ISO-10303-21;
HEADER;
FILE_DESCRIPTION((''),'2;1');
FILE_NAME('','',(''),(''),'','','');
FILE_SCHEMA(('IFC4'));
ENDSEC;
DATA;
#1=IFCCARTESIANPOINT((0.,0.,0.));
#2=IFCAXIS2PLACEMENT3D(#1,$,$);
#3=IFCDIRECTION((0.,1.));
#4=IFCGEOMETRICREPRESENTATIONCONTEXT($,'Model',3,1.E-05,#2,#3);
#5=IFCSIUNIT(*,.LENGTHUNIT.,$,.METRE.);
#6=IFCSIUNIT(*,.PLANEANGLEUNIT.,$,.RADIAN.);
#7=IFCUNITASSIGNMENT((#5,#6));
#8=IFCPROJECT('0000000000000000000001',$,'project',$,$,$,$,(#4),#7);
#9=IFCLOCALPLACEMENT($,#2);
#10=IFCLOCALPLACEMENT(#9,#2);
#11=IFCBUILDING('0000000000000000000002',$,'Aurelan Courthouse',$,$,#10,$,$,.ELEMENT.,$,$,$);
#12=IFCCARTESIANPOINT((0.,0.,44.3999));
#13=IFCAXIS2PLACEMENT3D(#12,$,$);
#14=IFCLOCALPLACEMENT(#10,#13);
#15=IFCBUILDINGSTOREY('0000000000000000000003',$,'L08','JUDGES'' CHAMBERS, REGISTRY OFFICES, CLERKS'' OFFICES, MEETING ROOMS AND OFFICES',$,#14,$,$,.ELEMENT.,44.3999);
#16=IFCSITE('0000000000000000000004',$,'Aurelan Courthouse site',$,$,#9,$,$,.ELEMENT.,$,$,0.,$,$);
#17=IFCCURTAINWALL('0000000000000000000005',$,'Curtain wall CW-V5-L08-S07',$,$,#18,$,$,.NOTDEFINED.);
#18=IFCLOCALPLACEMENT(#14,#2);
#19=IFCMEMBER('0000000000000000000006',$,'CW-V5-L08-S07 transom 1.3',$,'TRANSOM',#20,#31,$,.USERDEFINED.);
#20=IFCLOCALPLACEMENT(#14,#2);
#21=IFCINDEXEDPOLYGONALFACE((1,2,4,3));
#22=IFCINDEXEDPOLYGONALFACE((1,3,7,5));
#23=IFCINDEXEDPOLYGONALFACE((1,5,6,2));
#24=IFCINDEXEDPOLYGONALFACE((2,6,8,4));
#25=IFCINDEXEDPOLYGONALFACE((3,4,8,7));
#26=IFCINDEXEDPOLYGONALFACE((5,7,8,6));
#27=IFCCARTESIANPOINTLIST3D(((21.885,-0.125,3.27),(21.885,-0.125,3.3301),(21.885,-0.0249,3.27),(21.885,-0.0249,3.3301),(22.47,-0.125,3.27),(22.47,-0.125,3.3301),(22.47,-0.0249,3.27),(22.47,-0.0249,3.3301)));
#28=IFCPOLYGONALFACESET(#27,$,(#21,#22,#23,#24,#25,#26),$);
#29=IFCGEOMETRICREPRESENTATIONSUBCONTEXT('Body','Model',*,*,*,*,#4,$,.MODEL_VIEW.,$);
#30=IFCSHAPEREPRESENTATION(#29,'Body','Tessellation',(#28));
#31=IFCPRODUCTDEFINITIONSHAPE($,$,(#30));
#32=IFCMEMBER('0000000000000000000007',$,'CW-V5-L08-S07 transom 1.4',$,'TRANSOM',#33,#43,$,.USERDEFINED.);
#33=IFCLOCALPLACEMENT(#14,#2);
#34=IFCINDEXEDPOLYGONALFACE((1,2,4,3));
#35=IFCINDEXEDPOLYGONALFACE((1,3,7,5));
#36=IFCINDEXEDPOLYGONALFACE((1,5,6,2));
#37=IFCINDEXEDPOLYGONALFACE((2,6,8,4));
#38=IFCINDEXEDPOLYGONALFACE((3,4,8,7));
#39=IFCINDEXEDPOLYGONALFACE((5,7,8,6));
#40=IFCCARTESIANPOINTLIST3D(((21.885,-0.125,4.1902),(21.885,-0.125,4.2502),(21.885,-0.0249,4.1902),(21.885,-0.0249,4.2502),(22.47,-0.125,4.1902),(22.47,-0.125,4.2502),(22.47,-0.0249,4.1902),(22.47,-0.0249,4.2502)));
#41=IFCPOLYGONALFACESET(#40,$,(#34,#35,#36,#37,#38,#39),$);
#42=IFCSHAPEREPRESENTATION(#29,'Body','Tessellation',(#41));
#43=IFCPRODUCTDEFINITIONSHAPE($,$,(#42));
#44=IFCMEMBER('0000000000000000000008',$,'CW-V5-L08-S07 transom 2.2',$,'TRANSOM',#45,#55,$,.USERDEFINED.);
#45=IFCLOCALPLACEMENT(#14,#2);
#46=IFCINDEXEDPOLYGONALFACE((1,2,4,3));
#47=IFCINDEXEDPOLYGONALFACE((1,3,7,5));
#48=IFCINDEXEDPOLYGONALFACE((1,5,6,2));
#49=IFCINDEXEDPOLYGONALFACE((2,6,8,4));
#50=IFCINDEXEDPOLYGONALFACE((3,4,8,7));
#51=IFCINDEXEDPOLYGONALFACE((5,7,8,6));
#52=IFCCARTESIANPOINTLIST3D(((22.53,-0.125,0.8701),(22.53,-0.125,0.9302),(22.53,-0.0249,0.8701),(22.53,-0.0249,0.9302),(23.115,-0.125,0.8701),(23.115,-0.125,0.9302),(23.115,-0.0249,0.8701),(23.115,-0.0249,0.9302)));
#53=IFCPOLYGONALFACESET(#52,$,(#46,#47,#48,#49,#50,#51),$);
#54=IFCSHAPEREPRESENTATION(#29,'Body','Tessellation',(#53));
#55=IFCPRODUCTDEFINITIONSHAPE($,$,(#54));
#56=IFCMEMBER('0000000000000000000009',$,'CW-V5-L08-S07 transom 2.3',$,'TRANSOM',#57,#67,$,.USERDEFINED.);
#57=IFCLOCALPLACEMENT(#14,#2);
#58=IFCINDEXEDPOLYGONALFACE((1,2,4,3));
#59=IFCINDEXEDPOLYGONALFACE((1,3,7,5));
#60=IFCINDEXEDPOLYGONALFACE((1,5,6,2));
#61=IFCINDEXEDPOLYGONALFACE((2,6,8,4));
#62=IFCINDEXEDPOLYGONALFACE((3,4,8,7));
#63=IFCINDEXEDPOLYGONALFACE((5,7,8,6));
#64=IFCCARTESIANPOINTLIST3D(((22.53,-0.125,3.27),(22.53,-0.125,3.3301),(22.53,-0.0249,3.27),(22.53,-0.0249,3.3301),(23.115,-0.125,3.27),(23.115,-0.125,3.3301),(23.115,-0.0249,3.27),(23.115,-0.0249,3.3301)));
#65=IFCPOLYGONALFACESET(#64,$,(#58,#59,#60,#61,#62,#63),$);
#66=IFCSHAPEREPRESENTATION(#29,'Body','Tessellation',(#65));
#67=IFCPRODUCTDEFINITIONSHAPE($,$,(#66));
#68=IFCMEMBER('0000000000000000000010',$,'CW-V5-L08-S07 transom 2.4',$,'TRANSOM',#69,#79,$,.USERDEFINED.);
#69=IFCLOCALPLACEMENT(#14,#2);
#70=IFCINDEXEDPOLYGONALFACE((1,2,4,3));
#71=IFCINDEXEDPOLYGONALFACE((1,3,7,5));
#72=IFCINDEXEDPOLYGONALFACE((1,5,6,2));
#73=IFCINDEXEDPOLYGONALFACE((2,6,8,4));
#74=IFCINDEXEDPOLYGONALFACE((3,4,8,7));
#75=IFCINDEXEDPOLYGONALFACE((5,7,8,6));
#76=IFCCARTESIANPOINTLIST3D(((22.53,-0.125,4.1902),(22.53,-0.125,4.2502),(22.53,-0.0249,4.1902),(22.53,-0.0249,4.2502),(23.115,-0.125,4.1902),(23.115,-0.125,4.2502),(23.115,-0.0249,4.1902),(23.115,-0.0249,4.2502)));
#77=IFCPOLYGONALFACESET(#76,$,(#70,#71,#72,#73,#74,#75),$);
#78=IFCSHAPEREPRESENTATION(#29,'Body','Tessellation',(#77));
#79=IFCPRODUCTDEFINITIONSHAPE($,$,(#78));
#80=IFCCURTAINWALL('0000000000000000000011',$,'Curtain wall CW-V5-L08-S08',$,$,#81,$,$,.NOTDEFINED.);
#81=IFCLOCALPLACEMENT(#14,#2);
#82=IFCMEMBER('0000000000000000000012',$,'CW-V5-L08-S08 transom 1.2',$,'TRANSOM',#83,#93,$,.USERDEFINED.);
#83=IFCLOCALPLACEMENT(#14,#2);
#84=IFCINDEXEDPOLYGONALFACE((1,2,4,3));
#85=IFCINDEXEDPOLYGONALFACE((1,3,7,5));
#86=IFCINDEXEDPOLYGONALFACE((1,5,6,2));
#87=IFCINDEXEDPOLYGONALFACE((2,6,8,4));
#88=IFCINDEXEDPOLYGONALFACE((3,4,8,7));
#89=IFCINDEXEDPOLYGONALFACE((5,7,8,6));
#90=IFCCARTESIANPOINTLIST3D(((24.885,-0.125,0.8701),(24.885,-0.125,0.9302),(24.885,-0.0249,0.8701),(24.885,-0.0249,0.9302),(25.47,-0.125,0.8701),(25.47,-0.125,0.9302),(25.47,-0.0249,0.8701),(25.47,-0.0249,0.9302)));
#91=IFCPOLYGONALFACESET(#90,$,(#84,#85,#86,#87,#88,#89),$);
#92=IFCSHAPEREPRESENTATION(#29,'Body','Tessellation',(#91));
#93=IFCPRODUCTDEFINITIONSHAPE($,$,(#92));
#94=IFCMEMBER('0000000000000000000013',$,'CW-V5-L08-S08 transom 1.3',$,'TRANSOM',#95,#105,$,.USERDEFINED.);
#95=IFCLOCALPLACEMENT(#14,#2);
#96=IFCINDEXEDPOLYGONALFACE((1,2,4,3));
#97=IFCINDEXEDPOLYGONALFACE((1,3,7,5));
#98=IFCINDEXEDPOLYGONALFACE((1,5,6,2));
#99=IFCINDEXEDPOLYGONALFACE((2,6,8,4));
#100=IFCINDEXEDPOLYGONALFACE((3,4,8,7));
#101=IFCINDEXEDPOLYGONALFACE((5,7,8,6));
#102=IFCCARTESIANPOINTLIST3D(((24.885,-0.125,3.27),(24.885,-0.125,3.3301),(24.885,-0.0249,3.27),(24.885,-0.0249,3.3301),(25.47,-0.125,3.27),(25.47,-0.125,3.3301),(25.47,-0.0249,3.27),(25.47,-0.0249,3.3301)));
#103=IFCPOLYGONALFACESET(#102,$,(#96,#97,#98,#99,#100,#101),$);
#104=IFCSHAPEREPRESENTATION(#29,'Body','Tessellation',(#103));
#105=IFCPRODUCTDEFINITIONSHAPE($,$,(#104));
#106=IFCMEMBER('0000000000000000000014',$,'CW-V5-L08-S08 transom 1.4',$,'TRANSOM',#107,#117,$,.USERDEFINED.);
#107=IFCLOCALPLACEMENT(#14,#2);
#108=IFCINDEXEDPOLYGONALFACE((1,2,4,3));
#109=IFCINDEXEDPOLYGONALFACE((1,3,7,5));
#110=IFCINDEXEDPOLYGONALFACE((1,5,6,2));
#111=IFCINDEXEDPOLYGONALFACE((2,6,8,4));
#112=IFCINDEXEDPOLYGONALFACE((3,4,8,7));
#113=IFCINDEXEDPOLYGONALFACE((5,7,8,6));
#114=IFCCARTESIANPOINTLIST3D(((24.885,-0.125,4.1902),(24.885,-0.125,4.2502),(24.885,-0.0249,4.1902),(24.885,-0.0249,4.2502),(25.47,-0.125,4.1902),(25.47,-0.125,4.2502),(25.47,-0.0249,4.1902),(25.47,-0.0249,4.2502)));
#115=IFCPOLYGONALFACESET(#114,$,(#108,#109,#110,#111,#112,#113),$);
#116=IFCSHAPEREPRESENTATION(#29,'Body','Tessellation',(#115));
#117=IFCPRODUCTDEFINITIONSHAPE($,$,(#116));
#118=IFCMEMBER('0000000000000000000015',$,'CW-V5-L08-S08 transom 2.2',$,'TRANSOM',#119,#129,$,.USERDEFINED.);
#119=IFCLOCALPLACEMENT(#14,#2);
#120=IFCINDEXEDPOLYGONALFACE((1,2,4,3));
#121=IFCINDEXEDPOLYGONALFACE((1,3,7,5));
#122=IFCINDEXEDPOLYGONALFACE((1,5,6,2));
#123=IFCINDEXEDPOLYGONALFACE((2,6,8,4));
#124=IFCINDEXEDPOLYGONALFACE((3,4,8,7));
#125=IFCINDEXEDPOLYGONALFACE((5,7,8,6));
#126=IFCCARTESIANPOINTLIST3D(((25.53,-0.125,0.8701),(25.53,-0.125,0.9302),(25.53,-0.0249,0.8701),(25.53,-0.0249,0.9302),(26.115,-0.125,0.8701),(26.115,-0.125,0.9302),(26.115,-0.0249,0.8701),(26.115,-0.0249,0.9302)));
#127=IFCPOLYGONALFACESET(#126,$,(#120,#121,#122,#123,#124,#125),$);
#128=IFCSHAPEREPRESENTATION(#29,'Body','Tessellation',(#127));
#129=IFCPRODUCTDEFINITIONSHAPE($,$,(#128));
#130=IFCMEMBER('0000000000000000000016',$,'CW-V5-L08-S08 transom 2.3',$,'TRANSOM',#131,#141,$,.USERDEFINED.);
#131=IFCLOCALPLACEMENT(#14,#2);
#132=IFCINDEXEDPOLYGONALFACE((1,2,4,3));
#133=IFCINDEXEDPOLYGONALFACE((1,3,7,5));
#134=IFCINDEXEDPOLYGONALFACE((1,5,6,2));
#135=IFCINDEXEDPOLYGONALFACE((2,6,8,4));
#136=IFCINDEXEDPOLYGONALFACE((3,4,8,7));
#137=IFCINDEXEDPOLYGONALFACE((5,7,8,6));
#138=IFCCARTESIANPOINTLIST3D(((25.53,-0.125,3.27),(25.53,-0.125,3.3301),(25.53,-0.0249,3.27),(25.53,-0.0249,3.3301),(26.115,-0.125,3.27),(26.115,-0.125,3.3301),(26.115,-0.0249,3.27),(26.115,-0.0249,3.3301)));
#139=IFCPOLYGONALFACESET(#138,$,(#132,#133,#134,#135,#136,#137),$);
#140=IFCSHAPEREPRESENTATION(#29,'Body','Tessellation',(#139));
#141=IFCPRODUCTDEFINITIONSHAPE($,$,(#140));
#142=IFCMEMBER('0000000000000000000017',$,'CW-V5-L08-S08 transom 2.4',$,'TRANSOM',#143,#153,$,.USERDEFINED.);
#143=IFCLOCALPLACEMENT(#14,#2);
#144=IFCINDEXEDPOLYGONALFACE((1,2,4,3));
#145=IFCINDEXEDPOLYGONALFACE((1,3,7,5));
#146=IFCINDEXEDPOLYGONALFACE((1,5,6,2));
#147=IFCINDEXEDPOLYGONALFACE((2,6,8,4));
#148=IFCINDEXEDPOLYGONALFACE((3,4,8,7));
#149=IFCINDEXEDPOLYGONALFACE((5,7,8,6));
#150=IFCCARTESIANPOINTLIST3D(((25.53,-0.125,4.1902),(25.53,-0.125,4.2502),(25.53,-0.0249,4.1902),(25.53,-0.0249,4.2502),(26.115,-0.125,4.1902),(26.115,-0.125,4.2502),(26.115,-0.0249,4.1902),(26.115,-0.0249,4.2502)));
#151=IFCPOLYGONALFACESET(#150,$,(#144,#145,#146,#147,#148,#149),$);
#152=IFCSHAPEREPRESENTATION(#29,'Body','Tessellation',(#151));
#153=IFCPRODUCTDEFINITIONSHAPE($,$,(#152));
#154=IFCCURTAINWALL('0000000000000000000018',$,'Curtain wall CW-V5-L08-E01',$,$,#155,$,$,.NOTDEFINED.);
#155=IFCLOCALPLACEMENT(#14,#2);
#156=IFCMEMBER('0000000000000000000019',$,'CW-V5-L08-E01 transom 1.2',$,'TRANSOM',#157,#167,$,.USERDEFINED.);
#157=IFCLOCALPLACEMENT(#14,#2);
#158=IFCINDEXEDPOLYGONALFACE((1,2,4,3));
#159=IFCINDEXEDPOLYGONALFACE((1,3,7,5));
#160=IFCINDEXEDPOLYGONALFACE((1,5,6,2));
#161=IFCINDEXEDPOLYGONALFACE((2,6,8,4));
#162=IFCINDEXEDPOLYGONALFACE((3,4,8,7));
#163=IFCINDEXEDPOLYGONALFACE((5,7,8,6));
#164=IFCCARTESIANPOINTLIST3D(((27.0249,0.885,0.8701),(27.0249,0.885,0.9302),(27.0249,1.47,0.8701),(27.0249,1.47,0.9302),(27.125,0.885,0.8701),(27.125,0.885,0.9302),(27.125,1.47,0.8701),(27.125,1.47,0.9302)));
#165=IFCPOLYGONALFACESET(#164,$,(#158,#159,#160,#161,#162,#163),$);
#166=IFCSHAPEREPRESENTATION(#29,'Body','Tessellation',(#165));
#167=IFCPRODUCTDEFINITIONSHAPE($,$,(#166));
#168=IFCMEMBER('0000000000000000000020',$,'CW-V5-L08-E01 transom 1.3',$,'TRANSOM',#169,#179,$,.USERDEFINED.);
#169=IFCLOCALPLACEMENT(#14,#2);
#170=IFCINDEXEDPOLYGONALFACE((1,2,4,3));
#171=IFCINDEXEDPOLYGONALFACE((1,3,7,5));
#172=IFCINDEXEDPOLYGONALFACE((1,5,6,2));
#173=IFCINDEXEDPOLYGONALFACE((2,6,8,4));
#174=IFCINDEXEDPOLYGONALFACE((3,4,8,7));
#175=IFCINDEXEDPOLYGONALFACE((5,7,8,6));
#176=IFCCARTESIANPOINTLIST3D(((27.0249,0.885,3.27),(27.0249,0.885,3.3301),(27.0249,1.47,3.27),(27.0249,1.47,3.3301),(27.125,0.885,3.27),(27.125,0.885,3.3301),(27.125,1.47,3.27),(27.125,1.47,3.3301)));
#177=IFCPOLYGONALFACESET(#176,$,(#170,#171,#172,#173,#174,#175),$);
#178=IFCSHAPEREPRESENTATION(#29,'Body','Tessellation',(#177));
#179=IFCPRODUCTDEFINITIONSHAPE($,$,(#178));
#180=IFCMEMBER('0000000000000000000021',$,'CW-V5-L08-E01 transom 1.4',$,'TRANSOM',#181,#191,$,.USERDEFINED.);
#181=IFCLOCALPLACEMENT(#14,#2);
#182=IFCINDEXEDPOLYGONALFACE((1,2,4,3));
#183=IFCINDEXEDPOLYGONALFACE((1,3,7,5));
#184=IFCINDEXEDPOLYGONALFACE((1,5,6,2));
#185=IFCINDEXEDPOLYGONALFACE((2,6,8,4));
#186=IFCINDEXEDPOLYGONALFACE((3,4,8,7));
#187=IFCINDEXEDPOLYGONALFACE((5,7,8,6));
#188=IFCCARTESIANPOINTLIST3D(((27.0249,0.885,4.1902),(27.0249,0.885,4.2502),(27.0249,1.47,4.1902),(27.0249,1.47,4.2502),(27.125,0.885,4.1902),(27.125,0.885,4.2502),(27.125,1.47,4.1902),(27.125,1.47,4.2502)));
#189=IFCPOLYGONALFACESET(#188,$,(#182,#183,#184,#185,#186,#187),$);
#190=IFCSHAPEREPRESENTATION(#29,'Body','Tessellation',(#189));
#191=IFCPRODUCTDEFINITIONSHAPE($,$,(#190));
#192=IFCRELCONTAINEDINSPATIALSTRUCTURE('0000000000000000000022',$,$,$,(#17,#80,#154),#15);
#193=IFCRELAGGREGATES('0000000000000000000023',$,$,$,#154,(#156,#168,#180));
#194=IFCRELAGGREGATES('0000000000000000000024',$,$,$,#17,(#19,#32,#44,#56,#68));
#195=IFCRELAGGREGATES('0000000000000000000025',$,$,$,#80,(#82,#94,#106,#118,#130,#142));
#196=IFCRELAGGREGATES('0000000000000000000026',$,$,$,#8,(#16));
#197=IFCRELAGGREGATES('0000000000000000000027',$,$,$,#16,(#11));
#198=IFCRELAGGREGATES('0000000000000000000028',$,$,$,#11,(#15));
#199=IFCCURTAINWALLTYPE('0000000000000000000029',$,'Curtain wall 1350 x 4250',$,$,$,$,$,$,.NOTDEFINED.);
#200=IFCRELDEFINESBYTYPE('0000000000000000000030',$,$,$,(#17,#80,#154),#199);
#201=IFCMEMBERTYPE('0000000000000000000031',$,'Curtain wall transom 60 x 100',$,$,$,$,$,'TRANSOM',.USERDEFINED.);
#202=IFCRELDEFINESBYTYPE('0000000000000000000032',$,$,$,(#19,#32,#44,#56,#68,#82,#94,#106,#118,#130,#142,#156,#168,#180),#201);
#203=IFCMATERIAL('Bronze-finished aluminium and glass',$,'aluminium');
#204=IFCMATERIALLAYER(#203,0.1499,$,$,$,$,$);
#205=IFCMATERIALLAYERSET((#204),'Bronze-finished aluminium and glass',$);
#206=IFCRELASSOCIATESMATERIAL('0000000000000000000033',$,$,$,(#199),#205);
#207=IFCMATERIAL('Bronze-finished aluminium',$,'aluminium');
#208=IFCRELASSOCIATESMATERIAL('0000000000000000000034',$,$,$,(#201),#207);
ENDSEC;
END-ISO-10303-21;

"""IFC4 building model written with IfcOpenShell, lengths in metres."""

from ifc_helpers import new_model, si_unit, direction, frame, origin, origin_2d, place, context, subcontext, project, spatial, rectangle, extrude, material, layer, layer_set, material_profile, profile_set, type_object, element, aggregate, save


model = new_model("IFC4")

# Units and contexts
model_context = context("Model", 3, precision=1e-05, world=origin(), true_north=direction((0.0, 1.0)))
body_context = subcontext(model_context, "Body", "Model", "MODEL_VIEW")
ifc_project = project(units=[si_unit("LENGTHUNIT", "METRE"), si_unit("PLANEANGLEUNIT", "RADIAN")], contexts=[model_context])

# Site, building, storey
site_placement = place(None, origin())
site = spatial("IfcSite", under=ifc_project, at=site_placement, Name="Aurelan Courthouse site", CompositionType="ELEMENT", RefElevation=0.0)
building_placement = place(site_placement, origin())
building = spatial("IfcBuilding", under=site, at=building_placement, Name="Aurelan Courthouse", CompositionType="ELEMENT")
storey_placement = place(building_placement, frame((0.0, 0.0, 44.3999)))
storey = spatial("IfcBuildingStorey", under=building, at=storey_placement, Name="L08", Description="JUDGES' CHAMBERS, REGISTRY OFFICES, CLERKS' OFFICES, MEETING ROOMS AND OFFICES", CompositionType="ELEMENT", Elevation=44.3999)

# Curtain walls, members
ifc_material_1 = material(Name="Bronze-finished aluminium and glass", Category="aluminium")
ifc_layer_1 = layer(ifc_material_1, 0.1499)
ifc_layer_set_1 = layer_set([ifc_layer_1], Name="Bronze-finished aluminium and glass")
curtain_wall_type = type_object("IfcCurtainWallType", Name="Curtain wall 1350 x 4250", PredefinedType="NOTDEFINED", material=ifc_layer_set_1)
curtain_wall_1_placement = place(storey_placement, origin())
curtain_wall_1 = element("IfcCurtainWall", 1, at=curtain_wall_1_placement, inside=storey, type_object=curtain_wall_type, Name="Curtain wall CW-V5-L08-S07", PredefinedType="NOTDEFINED")
ifc_material_2 = material(Name="Bronze-finished aluminium", Category="aluminium")
ifc_material_profile = material_profile(ifc_material_2, rectangle(XDim=0.1001, YDim=0.0601, at=origin_2d()), Name="Bronze transom 60 x 100")
ifc_profile_set = profile_set([ifc_material_profile], Name="Bronze-finished aluminium")
member_type = type_object("IfcMemberType", Name="Curtain wall transom 60 x 100", ElementType="TRANSOM", PredefinedType="USERDEFINED", material=ifc_profile_set)
member_1_placement = place(storey_placement, frame((21.885, -0.075, 3.3), z_axis=(1.0, 0.0, 0.0), x_axis=(0.0, 1.0, 0.0)))
member_1 = element("IfcMember", 2, at=member_1_placement, type_object=member_type, Name="CW-V5-L08-S07 transom 1.3", ObjectType="TRANSOM", PredefinedType="USERDEFINED", context=body_context, shape_type="SweptSolid", body=[
    extrude(rectangle(XDim=0.1001, YDim=0.0601, at=origin_2d()), origin(), (0.0, 0.0, 1.0), 0.585),
])
member_2_placement = place(storey_placement, frame((21.885, -0.075, 4.2202), z_axis=(1.0, 0.0, 0.0), x_axis=(0.0, 1.0, 0.0)))
member_2 = element("IfcMember", 3, at=member_2_placement, type_object=member_type, Name="CW-V5-L08-S07 transom 1.4", ObjectType="TRANSOM", PredefinedType="USERDEFINED", context=body_context, shape_type="SweptSolid", body=[
    extrude(rectangle(XDim=0.1001, YDim=0.0601, at=origin_2d()), origin(), (0.0, 0.0, 1.0), 0.585),
])
member_3_placement = place(storey_placement, frame((22.53, -0.075, 0.9001), z_axis=(1.0, 0.0, 0.0), x_axis=(0.0, 1.0, 0.0)))
member_3 = element("IfcMember", 4, at=member_3_placement, type_object=member_type, Name="CW-V5-L08-S07 transom 2.2", ObjectType="TRANSOM", PredefinedType="USERDEFINED", context=body_context, shape_type="SweptSolid", body=[
    extrude(rectangle(XDim=0.1001, YDim=0.0601, at=origin_2d()), origin(), (0.0, 0.0, 1.0), 0.585),
])
member_4_placement = place(storey_placement, frame((22.53, -0.075, 3.3), z_axis=(1.0, 0.0, 0.0), x_axis=(0.0, 1.0, 0.0)))
member_4 = element("IfcMember", 5, at=member_4_placement, type_object=member_type, Name="CW-V5-L08-S07 transom 2.3", ObjectType="TRANSOM", PredefinedType="USERDEFINED", context=body_context, shape_type="SweptSolid", body=[
    extrude(rectangle(XDim=0.1001, YDim=0.0601, at=origin_2d()), origin(), (0.0, 0.0, 1.0), 0.585),
])
member_5_placement = place(storey_placement, frame((22.53, -0.075, 4.2202), z_axis=(1.0, 0.0, 0.0), x_axis=(0.0, 1.0, 0.0)))
member_5 = element("IfcMember", 6, at=member_5_placement, type_object=member_type, Name="CW-V5-L08-S07 transom 2.4", ObjectType="TRANSOM", PredefinedType="USERDEFINED", context=body_context, shape_type="SweptSolid", body=[
    extrude(rectangle(XDim=0.1001, YDim=0.0601, at=origin_2d()), origin(), (0.0, 0.0, 1.0), 0.585),
])
curtain_wall_2_placement = place(storey_placement, origin())
curtain_wall_2 = element("IfcCurtainWall", 7, at=curtain_wall_2_placement, inside=storey, type_object=curtain_wall_type, Name="Curtain wall CW-V5-L08-S08", PredefinedType="NOTDEFINED")
member_6_placement = place(storey_placement, frame((24.885, -0.075, 0.9001), z_axis=(1.0, 0.0, 0.0), x_axis=(0.0, 1.0, 0.0)))
member_6 = element("IfcMember", 8, at=member_6_placement, type_object=member_type, Name="CW-V5-L08-S08 transom 1.2", ObjectType="TRANSOM", PredefinedType="USERDEFINED", context=body_context, shape_type="SweptSolid", body=[
    extrude(rectangle(XDim=0.1001, YDim=0.0601, at=origin_2d()), origin(), (0.0, 0.0, 1.0), 0.585),
])
member_7_placement = place(storey_placement, frame((24.885, -0.075, 3.3), z_axis=(1.0, 0.0, 0.0), x_axis=(0.0, 1.0, 0.0)))
member_7 = element("IfcMember", 9, at=member_7_placement, type_object=member_type, Name="CW-V5-L08-S08 transom 1.3", ObjectType="TRANSOM", PredefinedType="USERDEFINED", context=body_context, shape_type="SweptSolid", body=[
    extrude(rectangle(XDim=0.1001, YDim=0.0601, at=origin_2d()), origin(), (0.0, 0.0, 1.0), 0.585),
])
member_8_placement = place(storey_placement, frame((24.885, -0.075, 4.2202), z_axis=(1.0, 0.0, 0.0), x_axis=(0.0, 1.0, 0.0)))
member_8 = element("IfcMember", 10, at=member_8_placement, type_object=member_type, Name="CW-V5-L08-S08 transom 1.4", ObjectType="TRANSOM", PredefinedType="USERDEFINED", context=body_context, shape_type="SweptSolid", body=[
    extrude(rectangle(XDim=0.1001, YDim=0.0601, at=origin_2d()), origin(), (0.0, 0.0, 1.0), 0.585),
])
member_9_placement = place(storey_placement, frame((25.53, -0.075, 0.9001), z_axis=(1.0, 0.0, 0.0), x_axis=(0.0, 1.0, 0.0)))
member_9 = element("IfcMember", 11, at=member_9_placement, type_object=member_type, Name="CW-V5-L08-S08 transom 2.2", ObjectType="TRANSOM", PredefinedType="USERDEFINED", context=body_context, shape_type="SweptSolid", body=[
    extrude(rectangle(XDim=0.1001, YDim=0.0601, at=origin_2d()), origin(), (0.0, 0.0, 1.0), 0.585),
])
member_10_placement = place(storey_placement, frame((25.53, -0.075, 3.3), z_axis=(1.0, 0.0, 0.0), x_axis=(0.0, 1.0, 0.0)))
member_10 = element("IfcMember", 12, at=member_10_placement, type_object=member_type, Name="CW-V5-L08-S08 transom 2.3", ObjectType="TRANSOM", PredefinedType="USERDEFINED", context=body_context, shape_type="SweptSolid", body=[
    extrude(rectangle(XDim=0.1001, YDim=0.0601, at=origin_2d()), origin(), (0.0, 0.0, 1.0), 0.585),
])
member_11_placement = place(storey_placement, frame((25.53, -0.075, 4.2202), z_axis=(1.0, 0.0, 0.0), x_axis=(0.0, 1.0, 0.0)))
member_11 = element("IfcMember", 13, at=member_11_placement, type_object=member_type, Name="CW-V5-L08-S08 transom 2.4", ObjectType="TRANSOM", PredefinedType="USERDEFINED", context=body_context, shape_type="SweptSolid", body=[
    extrude(rectangle(XDim=0.1001, YDim=0.0601, at=origin_2d()), origin(), (0.0, 0.0, 1.0), 0.585),
])
curtain_wall_3_placement = place(storey_placement, origin())
curtain_wall_3 = element("IfcCurtainWall", 14, at=curtain_wall_3_placement, inside=storey, type_object=curtain_wall_type, Name="Curtain wall CW-V5-L08-E01", PredefinedType="NOTDEFINED")
member_12_placement = place(storey_placement, frame((27.075, 0.885, 0.9001), z_axis=(0.0, 1.0, 0.0), x_axis=(-1.0, 0.0, 0.0)))
member_12 = element("IfcMember", 15, at=member_12_placement, type_object=member_type, Name="CW-V5-L08-E01 transom 1.2", ObjectType="TRANSOM", PredefinedType="USERDEFINED", context=body_context, shape_type="SweptSolid", body=[
    extrude(rectangle(XDim=0.1001, YDim=0.0601, at=origin_2d()), origin(), (0.0, 0.0, 1.0), 0.585),
])
member_13_placement = place(storey_placement, frame((27.075, 0.885, 3.3), z_axis=(0.0, 1.0, 0.0), x_axis=(-1.0, 0.0, 0.0)))
member_13 = element("IfcMember", 16, at=member_13_placement, type_object=member_type, Name="CW-V5-L08-E01 transom 1.3", ObjectType="TRANSOM", PredefinedType="USERDEFINED", context=body_context, shape_type="SweptSolid", body=[
    extrude(rectangle(XDim=0.1001, YDim=0.0601, at=origin_2d()), origin(), (0.0, 0.0, 1.0), 0.585),
])
member_14_placement = place(storey_placement, frame((27.075, 0.885, 4.2202), z_axis=(0.0, 1.0, 0.0), x_axis=(-1.0, 0.0, 0.0)))
member_14 = element("IfcMember", 17, at=member_14_placement, type_object=member_type, Name="CW-V5-L08-E01 transom 1.4", ObjectType="TRANSOM", PredefinedType="USERDEFINED", context=body_context, shape_type="SweptSolid", body=[
    extrude(rectangle(XDim=0.1001, YDim=0.0601, at=origin_2d()), origin(), (0.0, 0.0, 1.0), 0.585),
])

aggregate(curtain_wall_3, [member_12, member_13, member_14])
aggregate(curtain_wall_1, [member_1, member_2, member_3, member_4, member_5])
aggregate(curtain_wall_2, [member_6, member_7, member_8, member_9, member_10, member_11])

save(model, "model.ifc")
